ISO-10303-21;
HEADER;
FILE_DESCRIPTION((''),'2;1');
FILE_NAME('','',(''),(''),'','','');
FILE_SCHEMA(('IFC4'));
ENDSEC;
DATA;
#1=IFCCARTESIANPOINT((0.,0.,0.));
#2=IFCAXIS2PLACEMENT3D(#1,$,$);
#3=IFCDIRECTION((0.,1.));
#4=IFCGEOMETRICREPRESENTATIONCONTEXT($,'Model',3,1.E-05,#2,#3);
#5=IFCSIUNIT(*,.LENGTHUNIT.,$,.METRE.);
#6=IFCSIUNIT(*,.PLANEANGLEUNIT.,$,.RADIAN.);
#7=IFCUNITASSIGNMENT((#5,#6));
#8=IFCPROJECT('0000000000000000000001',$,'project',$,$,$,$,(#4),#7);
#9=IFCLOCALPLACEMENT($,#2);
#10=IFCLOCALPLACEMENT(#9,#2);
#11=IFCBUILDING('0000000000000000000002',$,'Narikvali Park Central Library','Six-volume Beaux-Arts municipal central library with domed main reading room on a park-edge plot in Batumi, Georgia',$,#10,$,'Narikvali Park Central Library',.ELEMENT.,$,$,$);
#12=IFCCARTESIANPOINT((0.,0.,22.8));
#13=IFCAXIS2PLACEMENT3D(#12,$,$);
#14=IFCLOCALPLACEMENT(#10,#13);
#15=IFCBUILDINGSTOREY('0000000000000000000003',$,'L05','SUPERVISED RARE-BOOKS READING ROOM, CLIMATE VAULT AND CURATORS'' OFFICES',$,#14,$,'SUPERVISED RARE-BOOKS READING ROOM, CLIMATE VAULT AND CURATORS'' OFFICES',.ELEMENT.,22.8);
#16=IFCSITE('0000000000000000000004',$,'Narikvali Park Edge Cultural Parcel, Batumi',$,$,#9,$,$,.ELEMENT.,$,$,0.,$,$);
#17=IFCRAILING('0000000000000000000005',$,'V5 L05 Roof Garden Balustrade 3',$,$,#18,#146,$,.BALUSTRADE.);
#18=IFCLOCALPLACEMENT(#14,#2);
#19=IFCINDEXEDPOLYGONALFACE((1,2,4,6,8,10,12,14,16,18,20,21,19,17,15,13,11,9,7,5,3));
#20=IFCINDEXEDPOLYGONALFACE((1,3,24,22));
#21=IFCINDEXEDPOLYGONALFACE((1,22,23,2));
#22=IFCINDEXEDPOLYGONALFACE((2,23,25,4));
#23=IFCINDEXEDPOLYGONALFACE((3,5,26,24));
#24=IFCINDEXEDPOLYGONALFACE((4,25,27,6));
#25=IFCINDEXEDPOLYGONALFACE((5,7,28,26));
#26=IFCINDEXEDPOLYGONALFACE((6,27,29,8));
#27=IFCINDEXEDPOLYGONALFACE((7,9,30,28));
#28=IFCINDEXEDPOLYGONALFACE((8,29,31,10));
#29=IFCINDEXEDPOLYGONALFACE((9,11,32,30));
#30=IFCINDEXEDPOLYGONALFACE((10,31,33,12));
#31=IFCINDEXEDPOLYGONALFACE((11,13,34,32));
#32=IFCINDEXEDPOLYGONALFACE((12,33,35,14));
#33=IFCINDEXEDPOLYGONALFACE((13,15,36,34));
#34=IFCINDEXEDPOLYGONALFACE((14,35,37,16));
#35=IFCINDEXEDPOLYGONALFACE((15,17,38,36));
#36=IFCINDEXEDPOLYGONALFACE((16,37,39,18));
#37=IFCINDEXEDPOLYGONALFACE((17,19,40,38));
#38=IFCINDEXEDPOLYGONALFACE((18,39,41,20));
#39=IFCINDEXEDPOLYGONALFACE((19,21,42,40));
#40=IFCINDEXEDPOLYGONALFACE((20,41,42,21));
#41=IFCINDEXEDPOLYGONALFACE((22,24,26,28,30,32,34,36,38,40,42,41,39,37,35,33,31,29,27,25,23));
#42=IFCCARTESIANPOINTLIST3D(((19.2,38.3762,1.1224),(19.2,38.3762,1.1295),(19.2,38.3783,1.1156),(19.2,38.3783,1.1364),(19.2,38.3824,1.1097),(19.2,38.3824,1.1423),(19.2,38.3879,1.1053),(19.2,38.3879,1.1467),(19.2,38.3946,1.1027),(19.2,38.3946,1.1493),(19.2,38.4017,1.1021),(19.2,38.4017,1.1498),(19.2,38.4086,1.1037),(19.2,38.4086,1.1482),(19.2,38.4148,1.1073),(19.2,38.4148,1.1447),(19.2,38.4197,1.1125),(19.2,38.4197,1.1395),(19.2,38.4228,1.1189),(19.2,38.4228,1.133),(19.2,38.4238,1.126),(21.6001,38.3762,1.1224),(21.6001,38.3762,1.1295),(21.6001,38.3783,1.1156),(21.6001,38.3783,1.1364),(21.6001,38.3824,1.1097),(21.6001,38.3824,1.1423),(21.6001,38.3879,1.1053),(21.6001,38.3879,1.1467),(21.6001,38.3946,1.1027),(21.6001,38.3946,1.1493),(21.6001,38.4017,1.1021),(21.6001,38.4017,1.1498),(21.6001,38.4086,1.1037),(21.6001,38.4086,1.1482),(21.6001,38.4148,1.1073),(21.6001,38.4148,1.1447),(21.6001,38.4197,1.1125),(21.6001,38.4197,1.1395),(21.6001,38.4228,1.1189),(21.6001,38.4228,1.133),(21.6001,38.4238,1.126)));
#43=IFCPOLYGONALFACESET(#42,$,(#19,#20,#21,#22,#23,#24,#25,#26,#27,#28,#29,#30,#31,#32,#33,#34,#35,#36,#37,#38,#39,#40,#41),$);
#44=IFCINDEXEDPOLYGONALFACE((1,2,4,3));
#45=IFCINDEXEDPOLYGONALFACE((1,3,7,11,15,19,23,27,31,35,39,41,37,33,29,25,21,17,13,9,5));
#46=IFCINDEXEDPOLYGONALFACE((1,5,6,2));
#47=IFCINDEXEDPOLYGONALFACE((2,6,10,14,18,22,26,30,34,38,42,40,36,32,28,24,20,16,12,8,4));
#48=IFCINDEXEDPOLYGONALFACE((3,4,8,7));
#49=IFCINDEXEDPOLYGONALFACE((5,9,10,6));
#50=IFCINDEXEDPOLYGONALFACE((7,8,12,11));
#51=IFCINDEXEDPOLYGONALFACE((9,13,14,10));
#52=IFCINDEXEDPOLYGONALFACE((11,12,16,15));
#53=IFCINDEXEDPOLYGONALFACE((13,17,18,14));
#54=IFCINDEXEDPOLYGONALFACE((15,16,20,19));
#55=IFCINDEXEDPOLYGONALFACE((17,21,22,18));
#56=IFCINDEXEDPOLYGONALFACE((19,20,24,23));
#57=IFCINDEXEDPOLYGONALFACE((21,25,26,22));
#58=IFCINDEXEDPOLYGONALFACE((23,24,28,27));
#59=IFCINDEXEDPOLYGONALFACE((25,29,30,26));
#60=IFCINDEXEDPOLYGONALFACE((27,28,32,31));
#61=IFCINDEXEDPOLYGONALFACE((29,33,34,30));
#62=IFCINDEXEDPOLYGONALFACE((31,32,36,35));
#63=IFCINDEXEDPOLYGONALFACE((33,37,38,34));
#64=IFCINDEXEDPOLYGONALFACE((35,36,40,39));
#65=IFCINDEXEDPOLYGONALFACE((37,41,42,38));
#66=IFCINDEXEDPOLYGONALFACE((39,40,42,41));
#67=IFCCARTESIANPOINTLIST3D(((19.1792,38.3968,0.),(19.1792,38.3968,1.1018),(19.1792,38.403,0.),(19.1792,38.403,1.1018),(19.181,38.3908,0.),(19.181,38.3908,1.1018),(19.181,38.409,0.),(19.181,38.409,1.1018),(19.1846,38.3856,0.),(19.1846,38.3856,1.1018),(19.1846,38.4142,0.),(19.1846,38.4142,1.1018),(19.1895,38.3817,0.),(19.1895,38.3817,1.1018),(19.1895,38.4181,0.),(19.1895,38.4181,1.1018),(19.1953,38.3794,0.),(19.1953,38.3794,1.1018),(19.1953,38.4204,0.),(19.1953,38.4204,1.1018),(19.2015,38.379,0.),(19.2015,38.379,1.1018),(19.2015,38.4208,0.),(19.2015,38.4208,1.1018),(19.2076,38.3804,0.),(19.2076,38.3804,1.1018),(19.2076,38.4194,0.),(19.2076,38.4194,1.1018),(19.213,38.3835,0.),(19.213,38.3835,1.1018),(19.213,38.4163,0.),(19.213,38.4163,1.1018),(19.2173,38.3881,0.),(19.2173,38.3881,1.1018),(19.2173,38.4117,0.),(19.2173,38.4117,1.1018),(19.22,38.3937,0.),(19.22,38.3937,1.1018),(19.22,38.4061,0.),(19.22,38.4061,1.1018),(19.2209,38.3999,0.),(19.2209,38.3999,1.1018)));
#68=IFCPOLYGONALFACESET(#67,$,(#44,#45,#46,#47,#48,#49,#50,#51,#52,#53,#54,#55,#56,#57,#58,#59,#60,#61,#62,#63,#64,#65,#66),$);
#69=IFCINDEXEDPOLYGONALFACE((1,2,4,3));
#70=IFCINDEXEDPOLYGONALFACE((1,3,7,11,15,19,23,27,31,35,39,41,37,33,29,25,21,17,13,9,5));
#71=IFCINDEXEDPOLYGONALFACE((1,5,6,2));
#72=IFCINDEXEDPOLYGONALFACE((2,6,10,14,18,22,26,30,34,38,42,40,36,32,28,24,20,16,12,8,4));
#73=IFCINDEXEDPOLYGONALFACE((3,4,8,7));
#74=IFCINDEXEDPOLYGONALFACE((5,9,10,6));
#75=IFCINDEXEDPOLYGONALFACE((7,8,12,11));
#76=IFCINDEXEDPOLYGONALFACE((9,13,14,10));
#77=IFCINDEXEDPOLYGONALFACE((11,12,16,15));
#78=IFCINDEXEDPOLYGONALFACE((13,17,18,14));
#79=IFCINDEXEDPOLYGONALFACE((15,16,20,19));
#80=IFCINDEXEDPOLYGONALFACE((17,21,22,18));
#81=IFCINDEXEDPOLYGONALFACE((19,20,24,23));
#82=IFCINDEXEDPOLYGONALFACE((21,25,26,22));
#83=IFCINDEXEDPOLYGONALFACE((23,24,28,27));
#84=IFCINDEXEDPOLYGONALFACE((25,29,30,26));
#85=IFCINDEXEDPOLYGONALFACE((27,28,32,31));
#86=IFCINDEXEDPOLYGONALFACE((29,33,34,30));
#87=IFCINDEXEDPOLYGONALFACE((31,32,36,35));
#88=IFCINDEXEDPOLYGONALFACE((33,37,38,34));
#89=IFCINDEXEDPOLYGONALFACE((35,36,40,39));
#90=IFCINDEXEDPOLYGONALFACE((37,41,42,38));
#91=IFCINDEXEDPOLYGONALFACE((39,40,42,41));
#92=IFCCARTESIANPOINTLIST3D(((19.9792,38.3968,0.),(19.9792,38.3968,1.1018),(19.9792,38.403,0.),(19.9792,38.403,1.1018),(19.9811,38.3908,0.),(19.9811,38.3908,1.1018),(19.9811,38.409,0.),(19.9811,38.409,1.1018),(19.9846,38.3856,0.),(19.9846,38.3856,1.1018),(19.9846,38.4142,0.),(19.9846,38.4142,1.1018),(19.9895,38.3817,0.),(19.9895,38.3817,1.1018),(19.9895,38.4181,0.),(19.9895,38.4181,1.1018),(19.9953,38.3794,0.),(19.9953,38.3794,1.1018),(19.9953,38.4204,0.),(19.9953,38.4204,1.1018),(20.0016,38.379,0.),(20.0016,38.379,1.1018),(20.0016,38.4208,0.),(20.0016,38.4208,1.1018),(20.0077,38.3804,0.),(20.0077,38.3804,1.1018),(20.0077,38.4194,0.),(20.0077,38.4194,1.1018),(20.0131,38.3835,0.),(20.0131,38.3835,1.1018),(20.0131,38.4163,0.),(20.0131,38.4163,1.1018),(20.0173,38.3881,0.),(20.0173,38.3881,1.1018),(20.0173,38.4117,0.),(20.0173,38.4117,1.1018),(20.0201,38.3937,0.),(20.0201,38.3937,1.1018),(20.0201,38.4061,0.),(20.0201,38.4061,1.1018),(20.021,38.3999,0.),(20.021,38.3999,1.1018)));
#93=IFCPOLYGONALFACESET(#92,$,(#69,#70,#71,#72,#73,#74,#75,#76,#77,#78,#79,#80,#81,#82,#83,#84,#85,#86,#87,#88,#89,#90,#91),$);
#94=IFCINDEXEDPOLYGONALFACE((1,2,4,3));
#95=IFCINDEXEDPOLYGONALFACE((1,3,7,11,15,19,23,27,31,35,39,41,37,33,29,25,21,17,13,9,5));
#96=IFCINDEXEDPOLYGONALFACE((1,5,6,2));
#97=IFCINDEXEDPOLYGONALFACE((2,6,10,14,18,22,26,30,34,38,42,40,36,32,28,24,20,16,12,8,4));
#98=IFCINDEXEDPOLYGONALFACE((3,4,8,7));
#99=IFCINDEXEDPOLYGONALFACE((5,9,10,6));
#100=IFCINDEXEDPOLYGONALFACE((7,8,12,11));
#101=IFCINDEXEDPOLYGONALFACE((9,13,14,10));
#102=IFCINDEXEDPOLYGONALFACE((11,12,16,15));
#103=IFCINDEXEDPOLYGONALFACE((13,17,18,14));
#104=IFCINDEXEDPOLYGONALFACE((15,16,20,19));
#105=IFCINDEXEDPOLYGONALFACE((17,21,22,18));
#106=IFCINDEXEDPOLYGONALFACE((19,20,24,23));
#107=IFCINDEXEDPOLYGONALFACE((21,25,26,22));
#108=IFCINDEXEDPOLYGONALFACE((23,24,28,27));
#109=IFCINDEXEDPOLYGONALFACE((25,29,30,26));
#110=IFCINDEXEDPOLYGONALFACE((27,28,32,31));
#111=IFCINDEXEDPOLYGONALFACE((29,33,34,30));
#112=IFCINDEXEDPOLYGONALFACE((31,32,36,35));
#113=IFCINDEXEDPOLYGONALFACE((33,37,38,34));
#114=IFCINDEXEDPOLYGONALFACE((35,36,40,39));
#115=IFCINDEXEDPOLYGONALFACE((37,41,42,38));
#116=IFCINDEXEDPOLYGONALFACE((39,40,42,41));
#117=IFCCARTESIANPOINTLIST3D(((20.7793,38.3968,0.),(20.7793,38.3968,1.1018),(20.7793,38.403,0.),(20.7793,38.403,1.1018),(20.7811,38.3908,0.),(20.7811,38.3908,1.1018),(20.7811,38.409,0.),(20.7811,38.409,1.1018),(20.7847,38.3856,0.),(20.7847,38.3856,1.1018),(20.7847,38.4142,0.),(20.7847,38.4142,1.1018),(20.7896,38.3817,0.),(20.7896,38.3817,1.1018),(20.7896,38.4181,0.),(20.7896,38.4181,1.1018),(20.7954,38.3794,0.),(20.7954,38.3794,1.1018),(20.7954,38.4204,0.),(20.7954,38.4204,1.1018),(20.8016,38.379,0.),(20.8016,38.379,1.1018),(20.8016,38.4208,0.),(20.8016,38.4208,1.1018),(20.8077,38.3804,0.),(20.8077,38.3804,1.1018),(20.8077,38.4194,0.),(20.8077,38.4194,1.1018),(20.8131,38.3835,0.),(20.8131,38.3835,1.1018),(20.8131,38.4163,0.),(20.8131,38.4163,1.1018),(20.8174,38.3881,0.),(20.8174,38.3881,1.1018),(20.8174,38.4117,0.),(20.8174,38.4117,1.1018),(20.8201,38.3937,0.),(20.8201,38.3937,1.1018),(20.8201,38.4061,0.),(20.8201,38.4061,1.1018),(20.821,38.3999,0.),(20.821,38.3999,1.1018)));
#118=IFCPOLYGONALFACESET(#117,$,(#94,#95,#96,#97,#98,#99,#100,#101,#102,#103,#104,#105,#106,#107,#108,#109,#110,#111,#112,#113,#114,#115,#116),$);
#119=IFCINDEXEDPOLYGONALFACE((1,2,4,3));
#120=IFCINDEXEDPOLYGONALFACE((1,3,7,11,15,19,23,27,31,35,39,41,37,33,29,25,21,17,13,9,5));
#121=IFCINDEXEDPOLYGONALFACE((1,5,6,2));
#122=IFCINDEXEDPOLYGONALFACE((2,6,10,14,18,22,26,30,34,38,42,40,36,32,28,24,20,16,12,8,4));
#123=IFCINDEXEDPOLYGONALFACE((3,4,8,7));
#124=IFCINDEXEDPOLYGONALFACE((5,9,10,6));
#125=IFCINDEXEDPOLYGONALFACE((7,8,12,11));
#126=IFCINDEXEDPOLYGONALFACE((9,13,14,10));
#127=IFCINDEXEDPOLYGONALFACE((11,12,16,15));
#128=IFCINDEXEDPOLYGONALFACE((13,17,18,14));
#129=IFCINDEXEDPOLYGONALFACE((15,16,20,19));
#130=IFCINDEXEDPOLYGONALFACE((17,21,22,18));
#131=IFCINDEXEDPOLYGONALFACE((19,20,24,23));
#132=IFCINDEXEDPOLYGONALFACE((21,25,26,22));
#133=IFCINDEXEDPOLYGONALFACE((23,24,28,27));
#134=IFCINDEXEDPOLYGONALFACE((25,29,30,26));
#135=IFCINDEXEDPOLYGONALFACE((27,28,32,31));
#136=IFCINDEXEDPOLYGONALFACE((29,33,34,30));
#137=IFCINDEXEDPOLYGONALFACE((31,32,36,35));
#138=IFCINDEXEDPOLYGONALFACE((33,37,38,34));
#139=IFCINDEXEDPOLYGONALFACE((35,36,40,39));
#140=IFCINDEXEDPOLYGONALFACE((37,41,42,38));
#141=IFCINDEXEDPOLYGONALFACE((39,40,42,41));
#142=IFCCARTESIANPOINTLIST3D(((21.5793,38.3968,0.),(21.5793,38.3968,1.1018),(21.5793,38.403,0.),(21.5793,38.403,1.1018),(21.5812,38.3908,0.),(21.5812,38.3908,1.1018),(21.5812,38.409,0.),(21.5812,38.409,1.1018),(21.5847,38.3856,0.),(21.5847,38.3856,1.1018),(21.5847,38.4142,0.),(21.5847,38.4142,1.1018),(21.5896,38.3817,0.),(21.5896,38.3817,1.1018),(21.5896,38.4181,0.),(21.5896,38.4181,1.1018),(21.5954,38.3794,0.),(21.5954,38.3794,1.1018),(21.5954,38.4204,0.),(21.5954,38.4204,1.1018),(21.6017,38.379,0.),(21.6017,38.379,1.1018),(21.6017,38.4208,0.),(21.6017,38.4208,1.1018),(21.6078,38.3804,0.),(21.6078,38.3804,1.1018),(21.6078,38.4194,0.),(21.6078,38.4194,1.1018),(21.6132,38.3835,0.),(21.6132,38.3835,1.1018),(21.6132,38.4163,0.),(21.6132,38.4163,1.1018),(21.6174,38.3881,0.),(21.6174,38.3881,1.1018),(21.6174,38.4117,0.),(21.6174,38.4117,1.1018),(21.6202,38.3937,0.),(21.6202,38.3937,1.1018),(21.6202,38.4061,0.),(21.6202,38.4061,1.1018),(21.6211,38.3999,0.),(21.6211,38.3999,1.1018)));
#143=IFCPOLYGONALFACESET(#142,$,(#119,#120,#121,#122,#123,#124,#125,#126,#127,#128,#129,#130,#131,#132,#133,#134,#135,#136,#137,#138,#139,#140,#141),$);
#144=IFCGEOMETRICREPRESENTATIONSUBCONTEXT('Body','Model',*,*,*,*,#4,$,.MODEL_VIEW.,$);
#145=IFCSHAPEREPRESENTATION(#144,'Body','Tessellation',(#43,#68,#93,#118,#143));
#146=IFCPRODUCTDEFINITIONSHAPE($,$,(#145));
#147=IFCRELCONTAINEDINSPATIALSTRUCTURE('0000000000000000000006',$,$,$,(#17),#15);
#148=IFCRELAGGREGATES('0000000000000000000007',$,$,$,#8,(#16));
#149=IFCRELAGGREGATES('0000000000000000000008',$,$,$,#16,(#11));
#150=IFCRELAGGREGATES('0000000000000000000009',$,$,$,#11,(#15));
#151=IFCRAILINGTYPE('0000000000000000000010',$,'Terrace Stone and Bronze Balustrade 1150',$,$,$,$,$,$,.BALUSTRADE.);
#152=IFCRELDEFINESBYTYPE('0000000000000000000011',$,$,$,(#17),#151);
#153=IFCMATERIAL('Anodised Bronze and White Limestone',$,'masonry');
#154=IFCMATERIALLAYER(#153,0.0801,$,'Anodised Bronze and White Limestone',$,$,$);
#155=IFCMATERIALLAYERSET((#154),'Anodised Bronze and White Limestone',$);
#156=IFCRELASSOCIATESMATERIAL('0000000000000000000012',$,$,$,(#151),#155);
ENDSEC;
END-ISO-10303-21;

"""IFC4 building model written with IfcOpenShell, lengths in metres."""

from ifc_helpers import new_model, si_unit, direction, frame, origin, origin_2d, place, context, subcontext, project, spatial, circle, extrude, material, layer, layer_set, type_object, element, save


model = new_model("IFC4")

# Units and contexts
model_context = context("Model", 3, precision=1e-05, world=origin(), true_north=direction((0.0, 1.0)))
body_context = subcontext(model_context, "Body", "Model", "MODEL_VIEW")
ifc_project = project(units=[si_unit("LENGTHUNIT", "METRE"), si_unit("PLANEANGLEUNIT", "RADIAN")], contexts=[model_context])

# Site, building, storey
site_placement = place(None, origin())
site = spatial("IfcSite", under=ifc_project, at=site_placement, Name="Narikvali Park Edge Cultural Parcel, Batumi", CompositionType="ELEMENT", RefElevation=0.0)
building_placement = place(site_placement, origin())
building = spatial("IfcBuilding", under=site, at=building_placement, Name="Narikvali Park Central Library", Description="Six-volume Beaux-Arts municipal central library with domed main reading room on a park-edge plot in Batumi, Georgia", LongName="Narikvali Park Central Library", CompositionType="ELEMENT")
storey_placement = place(building_placement, frame((0.0, 0.0, 22.8)))
storey = spatial("IfcBuildingStorey", under=building, at=storey_placement, Name="L05", Description="SUPERVISED RARE-BOOKS READING ROOM, CLIMATE VAULT AND CURATORS' OFFICES", LongName="SUPERVISED RARE-BOOKS READING ROOM, CLIMATE VAULT AND CURATORS' OFFICES", CompositionType="ELEMENT", Elevation=22.8)

# Railing
ifc_material_1 = material(Name="Anodised Bronze and White Limestone", Category="masonry")
ifc_layer_1 = layer(ifc_material_1, 0.0801, Name="Anodised Bronze and White Limestone")
ifc_layer_set_1 = layer_set([ifc_layer_1], Name="Anodised Bronze and White Limestone")
railing_type = type_object("IfcRailingType", Name="Terrace Stone and Bronze Balustrade 1150", PredefinedType="BALUSTRADE", material=ifc_layer_set_1)
railing_1_placement = place(storey_placement, frame((19.2, 38.3999, 0.0)))
element("IfcRailing", 1, at=railing_1_placement, inside=storey, type_object=railing_type, Name="V5 L05 Roof Garden Balustrade 3", PredefinedType="BALUSTRADE", context=body_context, shape_type="SweptSolid", body=[
    extrude(circle(Radius=0.0239, at=origin_2d()), frame((0.0, 0.0, 1.126), z_axis=(1.0, 0.0, 0.0), x_axis=(0.0, 1.0, 0.0)), (0.0, 0.0, 1.0), 2.4001),
    extrude(circle(Radius=0.021, at=origin_2d()), origin(), (0.0, 0.0, 1.0), 1.1018),
    extrude(circle(Radius=0.021, at=origin_2d()), frame((0.8, 0.0, 0.0)), (0.0, 0.0, 1.0), 1.1018),
    extrude(circle(Radius=0.021, at=origin_2d()), frame((1.6001, 0.0, 0.0)), (0.0, 0.0, 1.0), 1.1018),
    extrude(circle(Radius=0.021, at=origin_2d()), frame((2.4001, 0.0, 0.0)), (0.0, 0.0, 1.0), 1.1018),
])

save(model, "model.ifc")
